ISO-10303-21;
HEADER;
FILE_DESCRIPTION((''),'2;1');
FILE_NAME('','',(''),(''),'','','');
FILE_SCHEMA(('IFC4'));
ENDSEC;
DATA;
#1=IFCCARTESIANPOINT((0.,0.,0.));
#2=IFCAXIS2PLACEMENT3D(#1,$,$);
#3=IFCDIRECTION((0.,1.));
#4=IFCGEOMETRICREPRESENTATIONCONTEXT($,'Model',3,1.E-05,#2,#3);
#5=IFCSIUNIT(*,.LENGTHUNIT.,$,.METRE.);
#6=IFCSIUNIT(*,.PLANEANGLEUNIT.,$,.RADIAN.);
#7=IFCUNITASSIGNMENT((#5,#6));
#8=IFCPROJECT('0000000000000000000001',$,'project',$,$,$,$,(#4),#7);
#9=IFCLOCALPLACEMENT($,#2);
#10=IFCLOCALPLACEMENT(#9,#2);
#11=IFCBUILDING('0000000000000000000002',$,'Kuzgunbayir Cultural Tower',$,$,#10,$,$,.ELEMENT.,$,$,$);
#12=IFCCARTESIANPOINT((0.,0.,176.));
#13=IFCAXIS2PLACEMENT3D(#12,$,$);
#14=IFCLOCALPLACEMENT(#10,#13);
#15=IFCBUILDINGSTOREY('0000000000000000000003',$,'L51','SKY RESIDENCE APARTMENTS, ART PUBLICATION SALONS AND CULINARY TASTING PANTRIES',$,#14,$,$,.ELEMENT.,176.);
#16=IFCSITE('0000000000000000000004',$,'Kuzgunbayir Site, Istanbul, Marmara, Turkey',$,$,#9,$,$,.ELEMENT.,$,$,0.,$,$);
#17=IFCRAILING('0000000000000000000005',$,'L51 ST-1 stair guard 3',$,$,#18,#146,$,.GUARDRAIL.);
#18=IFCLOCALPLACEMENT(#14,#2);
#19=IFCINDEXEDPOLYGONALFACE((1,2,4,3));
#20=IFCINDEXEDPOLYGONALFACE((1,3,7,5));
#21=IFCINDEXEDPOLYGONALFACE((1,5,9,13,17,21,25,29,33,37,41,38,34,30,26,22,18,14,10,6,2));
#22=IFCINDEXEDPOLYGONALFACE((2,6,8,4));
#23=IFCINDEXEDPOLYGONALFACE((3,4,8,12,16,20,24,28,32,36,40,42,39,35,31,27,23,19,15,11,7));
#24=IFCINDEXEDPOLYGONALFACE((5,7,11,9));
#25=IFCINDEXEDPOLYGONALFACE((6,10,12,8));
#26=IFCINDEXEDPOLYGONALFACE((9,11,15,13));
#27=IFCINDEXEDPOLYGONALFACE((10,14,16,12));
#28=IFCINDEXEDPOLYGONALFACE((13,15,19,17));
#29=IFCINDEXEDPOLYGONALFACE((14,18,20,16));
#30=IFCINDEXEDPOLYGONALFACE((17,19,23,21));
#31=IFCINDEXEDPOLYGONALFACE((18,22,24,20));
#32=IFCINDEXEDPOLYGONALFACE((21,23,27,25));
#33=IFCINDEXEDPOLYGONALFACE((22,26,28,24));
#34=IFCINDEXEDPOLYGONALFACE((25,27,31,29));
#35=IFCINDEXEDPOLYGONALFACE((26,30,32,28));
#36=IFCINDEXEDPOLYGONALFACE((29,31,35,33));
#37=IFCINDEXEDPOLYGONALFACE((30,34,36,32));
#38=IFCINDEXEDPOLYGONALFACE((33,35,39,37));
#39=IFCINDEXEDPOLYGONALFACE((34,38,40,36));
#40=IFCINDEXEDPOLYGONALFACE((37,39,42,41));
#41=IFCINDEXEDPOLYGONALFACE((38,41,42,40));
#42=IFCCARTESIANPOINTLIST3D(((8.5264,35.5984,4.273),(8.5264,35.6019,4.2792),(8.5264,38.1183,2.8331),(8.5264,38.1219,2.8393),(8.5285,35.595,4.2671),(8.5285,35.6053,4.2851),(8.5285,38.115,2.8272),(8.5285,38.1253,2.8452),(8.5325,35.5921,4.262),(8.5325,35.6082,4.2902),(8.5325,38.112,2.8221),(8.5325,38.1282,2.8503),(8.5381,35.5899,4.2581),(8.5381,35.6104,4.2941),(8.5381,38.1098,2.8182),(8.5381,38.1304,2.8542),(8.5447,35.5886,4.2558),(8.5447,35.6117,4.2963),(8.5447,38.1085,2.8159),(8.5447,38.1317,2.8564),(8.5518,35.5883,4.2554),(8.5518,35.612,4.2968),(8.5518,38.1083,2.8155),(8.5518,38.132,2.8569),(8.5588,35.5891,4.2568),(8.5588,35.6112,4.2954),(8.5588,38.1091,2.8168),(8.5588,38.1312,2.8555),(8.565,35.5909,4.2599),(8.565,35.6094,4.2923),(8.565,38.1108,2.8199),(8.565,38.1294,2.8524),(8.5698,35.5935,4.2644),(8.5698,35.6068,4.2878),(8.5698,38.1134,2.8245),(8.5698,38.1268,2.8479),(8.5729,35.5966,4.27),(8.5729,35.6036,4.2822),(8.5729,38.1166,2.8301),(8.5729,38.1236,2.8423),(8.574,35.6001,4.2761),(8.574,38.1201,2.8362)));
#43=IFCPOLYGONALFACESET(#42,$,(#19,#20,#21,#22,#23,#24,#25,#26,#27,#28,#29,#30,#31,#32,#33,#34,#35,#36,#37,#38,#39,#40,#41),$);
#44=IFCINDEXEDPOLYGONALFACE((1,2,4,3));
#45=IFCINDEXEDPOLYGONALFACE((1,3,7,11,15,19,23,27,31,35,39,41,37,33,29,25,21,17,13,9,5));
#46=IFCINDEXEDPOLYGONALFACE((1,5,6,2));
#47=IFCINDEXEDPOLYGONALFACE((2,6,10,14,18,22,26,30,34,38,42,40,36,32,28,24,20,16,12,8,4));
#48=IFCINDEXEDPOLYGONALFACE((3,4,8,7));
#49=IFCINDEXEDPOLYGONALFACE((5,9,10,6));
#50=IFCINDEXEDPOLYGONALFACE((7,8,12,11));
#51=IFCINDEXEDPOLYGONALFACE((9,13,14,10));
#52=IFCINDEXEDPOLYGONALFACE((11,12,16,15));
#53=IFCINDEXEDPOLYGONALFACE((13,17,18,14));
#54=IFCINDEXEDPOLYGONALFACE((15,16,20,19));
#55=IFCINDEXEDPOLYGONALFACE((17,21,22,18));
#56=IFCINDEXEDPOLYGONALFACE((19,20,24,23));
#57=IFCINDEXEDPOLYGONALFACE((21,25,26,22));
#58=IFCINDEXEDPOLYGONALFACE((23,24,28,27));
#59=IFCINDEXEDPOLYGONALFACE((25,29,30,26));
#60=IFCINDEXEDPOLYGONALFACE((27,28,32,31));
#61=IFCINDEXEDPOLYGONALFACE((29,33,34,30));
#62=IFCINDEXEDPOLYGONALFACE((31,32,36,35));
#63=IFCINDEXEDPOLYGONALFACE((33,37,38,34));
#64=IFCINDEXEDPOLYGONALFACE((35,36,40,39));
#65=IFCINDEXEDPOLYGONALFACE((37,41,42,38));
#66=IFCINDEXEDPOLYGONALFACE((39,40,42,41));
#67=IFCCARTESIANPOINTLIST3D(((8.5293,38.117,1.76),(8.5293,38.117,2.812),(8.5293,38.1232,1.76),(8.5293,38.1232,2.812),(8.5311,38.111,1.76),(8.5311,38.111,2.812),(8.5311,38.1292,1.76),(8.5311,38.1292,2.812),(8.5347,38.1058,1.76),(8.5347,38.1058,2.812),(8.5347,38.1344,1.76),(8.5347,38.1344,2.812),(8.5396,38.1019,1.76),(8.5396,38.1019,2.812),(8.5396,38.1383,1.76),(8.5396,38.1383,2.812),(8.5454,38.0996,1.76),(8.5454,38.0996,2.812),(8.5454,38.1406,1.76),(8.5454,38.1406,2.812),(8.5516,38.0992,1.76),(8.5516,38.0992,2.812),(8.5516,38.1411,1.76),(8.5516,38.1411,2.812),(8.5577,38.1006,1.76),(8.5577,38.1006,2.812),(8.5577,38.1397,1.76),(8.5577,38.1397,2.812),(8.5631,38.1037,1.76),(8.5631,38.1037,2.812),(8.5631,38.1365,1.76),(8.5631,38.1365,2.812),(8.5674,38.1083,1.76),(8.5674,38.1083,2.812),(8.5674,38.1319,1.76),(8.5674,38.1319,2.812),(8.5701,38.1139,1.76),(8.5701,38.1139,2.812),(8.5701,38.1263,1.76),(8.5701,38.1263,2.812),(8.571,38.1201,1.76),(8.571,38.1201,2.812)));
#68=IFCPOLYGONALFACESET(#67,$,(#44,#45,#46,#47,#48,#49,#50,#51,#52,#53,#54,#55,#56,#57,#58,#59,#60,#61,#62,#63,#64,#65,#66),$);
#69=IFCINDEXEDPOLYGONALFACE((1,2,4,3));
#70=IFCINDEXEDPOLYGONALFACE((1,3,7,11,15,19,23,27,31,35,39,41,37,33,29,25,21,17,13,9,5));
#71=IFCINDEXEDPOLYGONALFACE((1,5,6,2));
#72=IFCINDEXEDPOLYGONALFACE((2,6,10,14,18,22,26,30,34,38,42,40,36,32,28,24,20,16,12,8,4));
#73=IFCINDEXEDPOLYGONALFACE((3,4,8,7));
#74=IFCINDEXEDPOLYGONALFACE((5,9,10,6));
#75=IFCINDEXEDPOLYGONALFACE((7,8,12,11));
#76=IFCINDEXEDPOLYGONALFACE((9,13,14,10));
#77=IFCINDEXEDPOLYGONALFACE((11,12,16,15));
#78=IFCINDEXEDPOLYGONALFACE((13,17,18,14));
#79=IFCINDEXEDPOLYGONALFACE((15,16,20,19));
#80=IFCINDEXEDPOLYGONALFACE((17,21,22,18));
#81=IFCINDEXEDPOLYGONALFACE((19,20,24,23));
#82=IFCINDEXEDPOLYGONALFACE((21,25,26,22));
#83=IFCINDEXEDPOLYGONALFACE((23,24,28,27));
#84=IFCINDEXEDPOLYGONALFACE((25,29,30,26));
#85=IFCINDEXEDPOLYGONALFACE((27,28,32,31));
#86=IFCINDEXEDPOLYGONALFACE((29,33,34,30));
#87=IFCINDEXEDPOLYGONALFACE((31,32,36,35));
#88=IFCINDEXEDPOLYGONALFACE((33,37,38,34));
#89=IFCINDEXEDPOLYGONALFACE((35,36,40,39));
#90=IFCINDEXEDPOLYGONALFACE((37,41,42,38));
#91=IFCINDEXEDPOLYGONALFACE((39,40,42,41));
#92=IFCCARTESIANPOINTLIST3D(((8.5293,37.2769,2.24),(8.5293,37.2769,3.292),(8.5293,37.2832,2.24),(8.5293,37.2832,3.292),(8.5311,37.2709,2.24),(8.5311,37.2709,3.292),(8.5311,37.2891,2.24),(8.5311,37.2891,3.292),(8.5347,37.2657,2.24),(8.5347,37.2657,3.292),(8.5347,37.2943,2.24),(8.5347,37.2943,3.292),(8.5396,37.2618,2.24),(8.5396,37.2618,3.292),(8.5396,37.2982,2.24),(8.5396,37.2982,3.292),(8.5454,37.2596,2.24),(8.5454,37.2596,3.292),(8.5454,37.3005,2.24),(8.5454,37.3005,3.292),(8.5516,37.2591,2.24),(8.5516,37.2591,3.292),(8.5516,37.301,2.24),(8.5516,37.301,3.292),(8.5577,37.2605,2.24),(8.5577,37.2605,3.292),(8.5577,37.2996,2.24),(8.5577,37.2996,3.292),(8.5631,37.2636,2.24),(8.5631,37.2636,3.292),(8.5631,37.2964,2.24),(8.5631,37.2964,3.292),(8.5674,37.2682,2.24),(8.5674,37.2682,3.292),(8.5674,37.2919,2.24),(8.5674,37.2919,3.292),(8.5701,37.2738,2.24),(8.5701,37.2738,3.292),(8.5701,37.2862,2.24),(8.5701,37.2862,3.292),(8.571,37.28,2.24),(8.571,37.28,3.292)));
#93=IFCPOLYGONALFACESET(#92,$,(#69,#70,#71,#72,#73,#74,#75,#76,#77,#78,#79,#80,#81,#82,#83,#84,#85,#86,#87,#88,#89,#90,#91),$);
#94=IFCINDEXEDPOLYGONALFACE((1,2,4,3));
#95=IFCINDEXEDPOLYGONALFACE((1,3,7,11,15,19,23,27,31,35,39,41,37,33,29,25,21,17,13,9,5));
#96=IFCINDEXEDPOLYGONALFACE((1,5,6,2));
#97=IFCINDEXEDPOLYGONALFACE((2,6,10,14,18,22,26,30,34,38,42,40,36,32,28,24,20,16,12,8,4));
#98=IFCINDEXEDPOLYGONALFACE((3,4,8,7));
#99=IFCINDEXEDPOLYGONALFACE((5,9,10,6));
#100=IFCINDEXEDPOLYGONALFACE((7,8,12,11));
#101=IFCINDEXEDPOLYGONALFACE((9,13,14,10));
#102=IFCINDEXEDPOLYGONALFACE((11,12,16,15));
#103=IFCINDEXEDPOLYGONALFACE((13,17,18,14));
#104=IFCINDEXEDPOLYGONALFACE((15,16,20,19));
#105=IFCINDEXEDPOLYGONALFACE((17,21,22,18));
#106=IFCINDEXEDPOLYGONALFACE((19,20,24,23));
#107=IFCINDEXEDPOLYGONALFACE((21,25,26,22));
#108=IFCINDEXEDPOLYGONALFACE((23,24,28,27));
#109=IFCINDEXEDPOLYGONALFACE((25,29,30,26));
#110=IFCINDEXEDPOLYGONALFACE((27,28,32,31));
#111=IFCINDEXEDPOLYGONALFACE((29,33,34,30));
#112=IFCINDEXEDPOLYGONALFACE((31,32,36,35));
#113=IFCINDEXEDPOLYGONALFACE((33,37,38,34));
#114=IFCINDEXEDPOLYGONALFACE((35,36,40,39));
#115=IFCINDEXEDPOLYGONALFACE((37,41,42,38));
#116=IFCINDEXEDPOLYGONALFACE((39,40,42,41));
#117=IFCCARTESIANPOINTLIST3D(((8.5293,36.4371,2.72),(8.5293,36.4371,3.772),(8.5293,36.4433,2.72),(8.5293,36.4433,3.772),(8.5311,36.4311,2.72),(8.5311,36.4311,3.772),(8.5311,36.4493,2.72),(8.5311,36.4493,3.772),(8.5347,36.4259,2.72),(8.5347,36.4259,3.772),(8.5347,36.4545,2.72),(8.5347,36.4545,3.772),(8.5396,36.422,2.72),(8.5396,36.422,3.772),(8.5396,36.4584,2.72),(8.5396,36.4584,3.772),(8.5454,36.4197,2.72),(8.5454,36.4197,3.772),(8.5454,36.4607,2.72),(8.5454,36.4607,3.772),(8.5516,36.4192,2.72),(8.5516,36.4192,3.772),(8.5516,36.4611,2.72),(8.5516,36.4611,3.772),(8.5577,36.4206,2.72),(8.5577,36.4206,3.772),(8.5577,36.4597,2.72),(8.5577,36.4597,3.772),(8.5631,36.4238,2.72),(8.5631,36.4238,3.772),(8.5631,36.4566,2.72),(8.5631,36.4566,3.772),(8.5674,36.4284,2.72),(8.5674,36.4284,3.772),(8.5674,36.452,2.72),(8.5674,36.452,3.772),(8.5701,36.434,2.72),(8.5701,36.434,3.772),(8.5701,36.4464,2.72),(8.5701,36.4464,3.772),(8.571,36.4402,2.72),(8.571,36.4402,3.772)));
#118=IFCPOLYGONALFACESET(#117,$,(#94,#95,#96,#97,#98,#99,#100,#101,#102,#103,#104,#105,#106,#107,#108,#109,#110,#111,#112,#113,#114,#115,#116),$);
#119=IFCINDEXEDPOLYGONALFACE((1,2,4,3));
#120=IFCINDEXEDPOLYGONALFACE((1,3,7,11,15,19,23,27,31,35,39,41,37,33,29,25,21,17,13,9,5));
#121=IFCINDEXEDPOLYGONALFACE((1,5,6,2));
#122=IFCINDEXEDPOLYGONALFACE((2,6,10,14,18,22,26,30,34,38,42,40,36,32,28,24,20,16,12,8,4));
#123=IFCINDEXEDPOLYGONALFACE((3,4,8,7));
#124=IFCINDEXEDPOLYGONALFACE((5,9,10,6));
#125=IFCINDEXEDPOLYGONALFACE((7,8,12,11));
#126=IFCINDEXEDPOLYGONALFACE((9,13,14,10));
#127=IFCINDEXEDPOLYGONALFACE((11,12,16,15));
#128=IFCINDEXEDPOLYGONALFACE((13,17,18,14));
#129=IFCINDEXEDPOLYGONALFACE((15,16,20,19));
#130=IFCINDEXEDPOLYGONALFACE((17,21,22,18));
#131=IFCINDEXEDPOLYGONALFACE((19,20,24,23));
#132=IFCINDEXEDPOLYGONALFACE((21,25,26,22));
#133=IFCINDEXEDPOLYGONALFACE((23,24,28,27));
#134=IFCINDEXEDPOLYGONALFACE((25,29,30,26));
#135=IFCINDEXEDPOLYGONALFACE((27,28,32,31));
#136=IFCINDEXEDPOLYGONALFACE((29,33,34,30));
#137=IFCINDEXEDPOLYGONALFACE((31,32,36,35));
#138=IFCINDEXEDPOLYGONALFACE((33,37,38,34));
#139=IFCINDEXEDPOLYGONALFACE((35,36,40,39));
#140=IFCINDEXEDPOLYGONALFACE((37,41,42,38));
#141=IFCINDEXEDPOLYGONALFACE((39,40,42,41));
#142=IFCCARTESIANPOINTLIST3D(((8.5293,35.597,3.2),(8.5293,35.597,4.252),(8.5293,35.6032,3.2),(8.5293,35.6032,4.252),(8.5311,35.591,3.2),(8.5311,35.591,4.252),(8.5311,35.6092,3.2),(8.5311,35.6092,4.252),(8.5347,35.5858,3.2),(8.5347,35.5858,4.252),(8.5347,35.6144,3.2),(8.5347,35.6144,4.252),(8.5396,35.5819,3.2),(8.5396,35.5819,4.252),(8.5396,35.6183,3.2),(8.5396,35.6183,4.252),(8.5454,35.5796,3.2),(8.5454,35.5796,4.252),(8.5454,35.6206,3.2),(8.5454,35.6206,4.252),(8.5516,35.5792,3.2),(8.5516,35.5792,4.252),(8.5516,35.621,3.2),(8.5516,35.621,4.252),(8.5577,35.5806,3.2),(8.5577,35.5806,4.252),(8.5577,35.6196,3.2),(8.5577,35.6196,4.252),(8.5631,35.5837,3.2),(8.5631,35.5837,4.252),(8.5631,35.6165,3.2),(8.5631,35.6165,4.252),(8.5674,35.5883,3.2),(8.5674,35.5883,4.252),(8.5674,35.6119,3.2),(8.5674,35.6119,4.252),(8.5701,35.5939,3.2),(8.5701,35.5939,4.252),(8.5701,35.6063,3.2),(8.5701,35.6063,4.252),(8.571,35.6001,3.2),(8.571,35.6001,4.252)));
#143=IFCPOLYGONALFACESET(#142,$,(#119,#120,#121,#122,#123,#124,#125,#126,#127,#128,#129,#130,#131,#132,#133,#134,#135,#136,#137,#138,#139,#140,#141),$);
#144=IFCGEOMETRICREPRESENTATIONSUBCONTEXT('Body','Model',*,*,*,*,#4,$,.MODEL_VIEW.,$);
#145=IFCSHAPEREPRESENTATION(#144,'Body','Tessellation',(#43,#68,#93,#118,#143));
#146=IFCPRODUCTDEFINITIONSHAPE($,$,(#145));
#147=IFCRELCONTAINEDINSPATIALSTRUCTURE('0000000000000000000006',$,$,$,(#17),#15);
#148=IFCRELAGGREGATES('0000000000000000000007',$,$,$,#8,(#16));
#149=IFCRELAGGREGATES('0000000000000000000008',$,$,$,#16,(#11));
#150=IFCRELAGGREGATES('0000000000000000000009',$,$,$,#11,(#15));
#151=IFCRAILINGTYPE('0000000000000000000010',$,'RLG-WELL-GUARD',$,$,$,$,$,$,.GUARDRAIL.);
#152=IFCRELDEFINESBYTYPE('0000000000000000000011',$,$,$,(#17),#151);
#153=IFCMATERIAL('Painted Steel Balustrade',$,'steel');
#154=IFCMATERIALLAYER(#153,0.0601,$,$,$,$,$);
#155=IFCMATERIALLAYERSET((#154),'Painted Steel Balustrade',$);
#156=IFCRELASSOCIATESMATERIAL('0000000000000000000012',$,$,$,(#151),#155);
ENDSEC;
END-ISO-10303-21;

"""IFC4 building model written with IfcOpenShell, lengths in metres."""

from ifc_helpers import new_model, si_unit, direction, frame, origin, origin_2d, place, context, subcontext, project, spatial, circle, extrude, material, layer, layer_set, type_object, element, save


model = new_model("IFC4")

# Units and contexts
model_context = context("Model", 3, precision=1e-05, world=origin(), true_north=direction((0.0, 1.0)))
body_context = subcontext(model_context, "Body", "Model", "MODEL_VIEW")
ifc_project = project(units=[si_unit("LENGTHUNIT", "METRE"), si_unit("PLANEANGLEUNIT", "RADIAN")], contexts=[model_context])

# Site, building, storey
site_placement = place(None, origin())
site = spatial("IfcSite", under=ifc_project, at=site_placement, Name="Kuzgunbayir Site, Istanbul, Marmara, Turkey", CompositionType="ELEMENT", RefElevation=0.0)
building_placement = place(site_placement, origin())
building = spatial("IfcBuilding", under=site, at=building_placement, Name="Kuzgunbayir Cultural Tower", CompositionType="ELEMENT")
storey_placement = place(building_placement, frame((0.0, 0.0, 176.0)))
storey = spatial("IfcBuildingStorey", under=building, at=storey_placement, Name="L51", Description="SKY RESIDENCE APARTMENTS, ART PUBLICATION SALONS AND CULINARY TASTING PANTRIES", CompositionType="ELEMENT", Elevation=176.0)

# Railing
ifc_material_1 = material(Name="Painted Steel Balustrade", Category="steel")
ifc_layer_1 = layer(ifc_material_1, 0.0601)
ifc_layer_set_1 = layer_set([ifc_layer_1], Name="Painted Steel Balustrade")
railing_type_1 = type_object("IfcRailingType", Name="RLG-WELL-GUARD", PredefinedType="GUARDRAIL", material=ifc_layer_set_1)
railing_1_placement = place(storey_placement, frame((8.55, 38.1201, 1.76)))
element("IfcRailing", 1, at=railing_1_placement, inside=storey, type_object=railing_type_1, Name="L51 ST-1 stair guard 3", PredefinedType="GUARDRAIL", context=body_context, shape_type="SweptSolid", body=[
    extrude(circle(Radius=0.0239, at=origin_2d()), frame((0.0, 0.0, 1.0762), z_axis=(0.0, -0.868253, 0.496121), x_axis=(1.0, 0.0, 0.0)), (0.0, 0.0, 1.0), 2.9023),
    extrude(circle(Radius=0.021, at=origin_2d()), origin(), (0.0, 0.0, 1.0), 1.052),
    extrude(circle(Radius=0.021, at=origin_2d()), frame((0.0, -0.8401, 0.48)), (0.0, 0.0, 1.0), 1.052),
    extrude(circle(Radius=0.021, at=origin_2d()), frame((0.0, -1.6799, 0.96)), (0.0, 0.0, 1.0), 1.052),
    extrude(circle(Radius=0.021, at=origin_2d()), frame((0.0, -2.52, 1.4399)), (0.0, 0.0, 1.0), 1.052),
])

save(model, "model.ifc")
